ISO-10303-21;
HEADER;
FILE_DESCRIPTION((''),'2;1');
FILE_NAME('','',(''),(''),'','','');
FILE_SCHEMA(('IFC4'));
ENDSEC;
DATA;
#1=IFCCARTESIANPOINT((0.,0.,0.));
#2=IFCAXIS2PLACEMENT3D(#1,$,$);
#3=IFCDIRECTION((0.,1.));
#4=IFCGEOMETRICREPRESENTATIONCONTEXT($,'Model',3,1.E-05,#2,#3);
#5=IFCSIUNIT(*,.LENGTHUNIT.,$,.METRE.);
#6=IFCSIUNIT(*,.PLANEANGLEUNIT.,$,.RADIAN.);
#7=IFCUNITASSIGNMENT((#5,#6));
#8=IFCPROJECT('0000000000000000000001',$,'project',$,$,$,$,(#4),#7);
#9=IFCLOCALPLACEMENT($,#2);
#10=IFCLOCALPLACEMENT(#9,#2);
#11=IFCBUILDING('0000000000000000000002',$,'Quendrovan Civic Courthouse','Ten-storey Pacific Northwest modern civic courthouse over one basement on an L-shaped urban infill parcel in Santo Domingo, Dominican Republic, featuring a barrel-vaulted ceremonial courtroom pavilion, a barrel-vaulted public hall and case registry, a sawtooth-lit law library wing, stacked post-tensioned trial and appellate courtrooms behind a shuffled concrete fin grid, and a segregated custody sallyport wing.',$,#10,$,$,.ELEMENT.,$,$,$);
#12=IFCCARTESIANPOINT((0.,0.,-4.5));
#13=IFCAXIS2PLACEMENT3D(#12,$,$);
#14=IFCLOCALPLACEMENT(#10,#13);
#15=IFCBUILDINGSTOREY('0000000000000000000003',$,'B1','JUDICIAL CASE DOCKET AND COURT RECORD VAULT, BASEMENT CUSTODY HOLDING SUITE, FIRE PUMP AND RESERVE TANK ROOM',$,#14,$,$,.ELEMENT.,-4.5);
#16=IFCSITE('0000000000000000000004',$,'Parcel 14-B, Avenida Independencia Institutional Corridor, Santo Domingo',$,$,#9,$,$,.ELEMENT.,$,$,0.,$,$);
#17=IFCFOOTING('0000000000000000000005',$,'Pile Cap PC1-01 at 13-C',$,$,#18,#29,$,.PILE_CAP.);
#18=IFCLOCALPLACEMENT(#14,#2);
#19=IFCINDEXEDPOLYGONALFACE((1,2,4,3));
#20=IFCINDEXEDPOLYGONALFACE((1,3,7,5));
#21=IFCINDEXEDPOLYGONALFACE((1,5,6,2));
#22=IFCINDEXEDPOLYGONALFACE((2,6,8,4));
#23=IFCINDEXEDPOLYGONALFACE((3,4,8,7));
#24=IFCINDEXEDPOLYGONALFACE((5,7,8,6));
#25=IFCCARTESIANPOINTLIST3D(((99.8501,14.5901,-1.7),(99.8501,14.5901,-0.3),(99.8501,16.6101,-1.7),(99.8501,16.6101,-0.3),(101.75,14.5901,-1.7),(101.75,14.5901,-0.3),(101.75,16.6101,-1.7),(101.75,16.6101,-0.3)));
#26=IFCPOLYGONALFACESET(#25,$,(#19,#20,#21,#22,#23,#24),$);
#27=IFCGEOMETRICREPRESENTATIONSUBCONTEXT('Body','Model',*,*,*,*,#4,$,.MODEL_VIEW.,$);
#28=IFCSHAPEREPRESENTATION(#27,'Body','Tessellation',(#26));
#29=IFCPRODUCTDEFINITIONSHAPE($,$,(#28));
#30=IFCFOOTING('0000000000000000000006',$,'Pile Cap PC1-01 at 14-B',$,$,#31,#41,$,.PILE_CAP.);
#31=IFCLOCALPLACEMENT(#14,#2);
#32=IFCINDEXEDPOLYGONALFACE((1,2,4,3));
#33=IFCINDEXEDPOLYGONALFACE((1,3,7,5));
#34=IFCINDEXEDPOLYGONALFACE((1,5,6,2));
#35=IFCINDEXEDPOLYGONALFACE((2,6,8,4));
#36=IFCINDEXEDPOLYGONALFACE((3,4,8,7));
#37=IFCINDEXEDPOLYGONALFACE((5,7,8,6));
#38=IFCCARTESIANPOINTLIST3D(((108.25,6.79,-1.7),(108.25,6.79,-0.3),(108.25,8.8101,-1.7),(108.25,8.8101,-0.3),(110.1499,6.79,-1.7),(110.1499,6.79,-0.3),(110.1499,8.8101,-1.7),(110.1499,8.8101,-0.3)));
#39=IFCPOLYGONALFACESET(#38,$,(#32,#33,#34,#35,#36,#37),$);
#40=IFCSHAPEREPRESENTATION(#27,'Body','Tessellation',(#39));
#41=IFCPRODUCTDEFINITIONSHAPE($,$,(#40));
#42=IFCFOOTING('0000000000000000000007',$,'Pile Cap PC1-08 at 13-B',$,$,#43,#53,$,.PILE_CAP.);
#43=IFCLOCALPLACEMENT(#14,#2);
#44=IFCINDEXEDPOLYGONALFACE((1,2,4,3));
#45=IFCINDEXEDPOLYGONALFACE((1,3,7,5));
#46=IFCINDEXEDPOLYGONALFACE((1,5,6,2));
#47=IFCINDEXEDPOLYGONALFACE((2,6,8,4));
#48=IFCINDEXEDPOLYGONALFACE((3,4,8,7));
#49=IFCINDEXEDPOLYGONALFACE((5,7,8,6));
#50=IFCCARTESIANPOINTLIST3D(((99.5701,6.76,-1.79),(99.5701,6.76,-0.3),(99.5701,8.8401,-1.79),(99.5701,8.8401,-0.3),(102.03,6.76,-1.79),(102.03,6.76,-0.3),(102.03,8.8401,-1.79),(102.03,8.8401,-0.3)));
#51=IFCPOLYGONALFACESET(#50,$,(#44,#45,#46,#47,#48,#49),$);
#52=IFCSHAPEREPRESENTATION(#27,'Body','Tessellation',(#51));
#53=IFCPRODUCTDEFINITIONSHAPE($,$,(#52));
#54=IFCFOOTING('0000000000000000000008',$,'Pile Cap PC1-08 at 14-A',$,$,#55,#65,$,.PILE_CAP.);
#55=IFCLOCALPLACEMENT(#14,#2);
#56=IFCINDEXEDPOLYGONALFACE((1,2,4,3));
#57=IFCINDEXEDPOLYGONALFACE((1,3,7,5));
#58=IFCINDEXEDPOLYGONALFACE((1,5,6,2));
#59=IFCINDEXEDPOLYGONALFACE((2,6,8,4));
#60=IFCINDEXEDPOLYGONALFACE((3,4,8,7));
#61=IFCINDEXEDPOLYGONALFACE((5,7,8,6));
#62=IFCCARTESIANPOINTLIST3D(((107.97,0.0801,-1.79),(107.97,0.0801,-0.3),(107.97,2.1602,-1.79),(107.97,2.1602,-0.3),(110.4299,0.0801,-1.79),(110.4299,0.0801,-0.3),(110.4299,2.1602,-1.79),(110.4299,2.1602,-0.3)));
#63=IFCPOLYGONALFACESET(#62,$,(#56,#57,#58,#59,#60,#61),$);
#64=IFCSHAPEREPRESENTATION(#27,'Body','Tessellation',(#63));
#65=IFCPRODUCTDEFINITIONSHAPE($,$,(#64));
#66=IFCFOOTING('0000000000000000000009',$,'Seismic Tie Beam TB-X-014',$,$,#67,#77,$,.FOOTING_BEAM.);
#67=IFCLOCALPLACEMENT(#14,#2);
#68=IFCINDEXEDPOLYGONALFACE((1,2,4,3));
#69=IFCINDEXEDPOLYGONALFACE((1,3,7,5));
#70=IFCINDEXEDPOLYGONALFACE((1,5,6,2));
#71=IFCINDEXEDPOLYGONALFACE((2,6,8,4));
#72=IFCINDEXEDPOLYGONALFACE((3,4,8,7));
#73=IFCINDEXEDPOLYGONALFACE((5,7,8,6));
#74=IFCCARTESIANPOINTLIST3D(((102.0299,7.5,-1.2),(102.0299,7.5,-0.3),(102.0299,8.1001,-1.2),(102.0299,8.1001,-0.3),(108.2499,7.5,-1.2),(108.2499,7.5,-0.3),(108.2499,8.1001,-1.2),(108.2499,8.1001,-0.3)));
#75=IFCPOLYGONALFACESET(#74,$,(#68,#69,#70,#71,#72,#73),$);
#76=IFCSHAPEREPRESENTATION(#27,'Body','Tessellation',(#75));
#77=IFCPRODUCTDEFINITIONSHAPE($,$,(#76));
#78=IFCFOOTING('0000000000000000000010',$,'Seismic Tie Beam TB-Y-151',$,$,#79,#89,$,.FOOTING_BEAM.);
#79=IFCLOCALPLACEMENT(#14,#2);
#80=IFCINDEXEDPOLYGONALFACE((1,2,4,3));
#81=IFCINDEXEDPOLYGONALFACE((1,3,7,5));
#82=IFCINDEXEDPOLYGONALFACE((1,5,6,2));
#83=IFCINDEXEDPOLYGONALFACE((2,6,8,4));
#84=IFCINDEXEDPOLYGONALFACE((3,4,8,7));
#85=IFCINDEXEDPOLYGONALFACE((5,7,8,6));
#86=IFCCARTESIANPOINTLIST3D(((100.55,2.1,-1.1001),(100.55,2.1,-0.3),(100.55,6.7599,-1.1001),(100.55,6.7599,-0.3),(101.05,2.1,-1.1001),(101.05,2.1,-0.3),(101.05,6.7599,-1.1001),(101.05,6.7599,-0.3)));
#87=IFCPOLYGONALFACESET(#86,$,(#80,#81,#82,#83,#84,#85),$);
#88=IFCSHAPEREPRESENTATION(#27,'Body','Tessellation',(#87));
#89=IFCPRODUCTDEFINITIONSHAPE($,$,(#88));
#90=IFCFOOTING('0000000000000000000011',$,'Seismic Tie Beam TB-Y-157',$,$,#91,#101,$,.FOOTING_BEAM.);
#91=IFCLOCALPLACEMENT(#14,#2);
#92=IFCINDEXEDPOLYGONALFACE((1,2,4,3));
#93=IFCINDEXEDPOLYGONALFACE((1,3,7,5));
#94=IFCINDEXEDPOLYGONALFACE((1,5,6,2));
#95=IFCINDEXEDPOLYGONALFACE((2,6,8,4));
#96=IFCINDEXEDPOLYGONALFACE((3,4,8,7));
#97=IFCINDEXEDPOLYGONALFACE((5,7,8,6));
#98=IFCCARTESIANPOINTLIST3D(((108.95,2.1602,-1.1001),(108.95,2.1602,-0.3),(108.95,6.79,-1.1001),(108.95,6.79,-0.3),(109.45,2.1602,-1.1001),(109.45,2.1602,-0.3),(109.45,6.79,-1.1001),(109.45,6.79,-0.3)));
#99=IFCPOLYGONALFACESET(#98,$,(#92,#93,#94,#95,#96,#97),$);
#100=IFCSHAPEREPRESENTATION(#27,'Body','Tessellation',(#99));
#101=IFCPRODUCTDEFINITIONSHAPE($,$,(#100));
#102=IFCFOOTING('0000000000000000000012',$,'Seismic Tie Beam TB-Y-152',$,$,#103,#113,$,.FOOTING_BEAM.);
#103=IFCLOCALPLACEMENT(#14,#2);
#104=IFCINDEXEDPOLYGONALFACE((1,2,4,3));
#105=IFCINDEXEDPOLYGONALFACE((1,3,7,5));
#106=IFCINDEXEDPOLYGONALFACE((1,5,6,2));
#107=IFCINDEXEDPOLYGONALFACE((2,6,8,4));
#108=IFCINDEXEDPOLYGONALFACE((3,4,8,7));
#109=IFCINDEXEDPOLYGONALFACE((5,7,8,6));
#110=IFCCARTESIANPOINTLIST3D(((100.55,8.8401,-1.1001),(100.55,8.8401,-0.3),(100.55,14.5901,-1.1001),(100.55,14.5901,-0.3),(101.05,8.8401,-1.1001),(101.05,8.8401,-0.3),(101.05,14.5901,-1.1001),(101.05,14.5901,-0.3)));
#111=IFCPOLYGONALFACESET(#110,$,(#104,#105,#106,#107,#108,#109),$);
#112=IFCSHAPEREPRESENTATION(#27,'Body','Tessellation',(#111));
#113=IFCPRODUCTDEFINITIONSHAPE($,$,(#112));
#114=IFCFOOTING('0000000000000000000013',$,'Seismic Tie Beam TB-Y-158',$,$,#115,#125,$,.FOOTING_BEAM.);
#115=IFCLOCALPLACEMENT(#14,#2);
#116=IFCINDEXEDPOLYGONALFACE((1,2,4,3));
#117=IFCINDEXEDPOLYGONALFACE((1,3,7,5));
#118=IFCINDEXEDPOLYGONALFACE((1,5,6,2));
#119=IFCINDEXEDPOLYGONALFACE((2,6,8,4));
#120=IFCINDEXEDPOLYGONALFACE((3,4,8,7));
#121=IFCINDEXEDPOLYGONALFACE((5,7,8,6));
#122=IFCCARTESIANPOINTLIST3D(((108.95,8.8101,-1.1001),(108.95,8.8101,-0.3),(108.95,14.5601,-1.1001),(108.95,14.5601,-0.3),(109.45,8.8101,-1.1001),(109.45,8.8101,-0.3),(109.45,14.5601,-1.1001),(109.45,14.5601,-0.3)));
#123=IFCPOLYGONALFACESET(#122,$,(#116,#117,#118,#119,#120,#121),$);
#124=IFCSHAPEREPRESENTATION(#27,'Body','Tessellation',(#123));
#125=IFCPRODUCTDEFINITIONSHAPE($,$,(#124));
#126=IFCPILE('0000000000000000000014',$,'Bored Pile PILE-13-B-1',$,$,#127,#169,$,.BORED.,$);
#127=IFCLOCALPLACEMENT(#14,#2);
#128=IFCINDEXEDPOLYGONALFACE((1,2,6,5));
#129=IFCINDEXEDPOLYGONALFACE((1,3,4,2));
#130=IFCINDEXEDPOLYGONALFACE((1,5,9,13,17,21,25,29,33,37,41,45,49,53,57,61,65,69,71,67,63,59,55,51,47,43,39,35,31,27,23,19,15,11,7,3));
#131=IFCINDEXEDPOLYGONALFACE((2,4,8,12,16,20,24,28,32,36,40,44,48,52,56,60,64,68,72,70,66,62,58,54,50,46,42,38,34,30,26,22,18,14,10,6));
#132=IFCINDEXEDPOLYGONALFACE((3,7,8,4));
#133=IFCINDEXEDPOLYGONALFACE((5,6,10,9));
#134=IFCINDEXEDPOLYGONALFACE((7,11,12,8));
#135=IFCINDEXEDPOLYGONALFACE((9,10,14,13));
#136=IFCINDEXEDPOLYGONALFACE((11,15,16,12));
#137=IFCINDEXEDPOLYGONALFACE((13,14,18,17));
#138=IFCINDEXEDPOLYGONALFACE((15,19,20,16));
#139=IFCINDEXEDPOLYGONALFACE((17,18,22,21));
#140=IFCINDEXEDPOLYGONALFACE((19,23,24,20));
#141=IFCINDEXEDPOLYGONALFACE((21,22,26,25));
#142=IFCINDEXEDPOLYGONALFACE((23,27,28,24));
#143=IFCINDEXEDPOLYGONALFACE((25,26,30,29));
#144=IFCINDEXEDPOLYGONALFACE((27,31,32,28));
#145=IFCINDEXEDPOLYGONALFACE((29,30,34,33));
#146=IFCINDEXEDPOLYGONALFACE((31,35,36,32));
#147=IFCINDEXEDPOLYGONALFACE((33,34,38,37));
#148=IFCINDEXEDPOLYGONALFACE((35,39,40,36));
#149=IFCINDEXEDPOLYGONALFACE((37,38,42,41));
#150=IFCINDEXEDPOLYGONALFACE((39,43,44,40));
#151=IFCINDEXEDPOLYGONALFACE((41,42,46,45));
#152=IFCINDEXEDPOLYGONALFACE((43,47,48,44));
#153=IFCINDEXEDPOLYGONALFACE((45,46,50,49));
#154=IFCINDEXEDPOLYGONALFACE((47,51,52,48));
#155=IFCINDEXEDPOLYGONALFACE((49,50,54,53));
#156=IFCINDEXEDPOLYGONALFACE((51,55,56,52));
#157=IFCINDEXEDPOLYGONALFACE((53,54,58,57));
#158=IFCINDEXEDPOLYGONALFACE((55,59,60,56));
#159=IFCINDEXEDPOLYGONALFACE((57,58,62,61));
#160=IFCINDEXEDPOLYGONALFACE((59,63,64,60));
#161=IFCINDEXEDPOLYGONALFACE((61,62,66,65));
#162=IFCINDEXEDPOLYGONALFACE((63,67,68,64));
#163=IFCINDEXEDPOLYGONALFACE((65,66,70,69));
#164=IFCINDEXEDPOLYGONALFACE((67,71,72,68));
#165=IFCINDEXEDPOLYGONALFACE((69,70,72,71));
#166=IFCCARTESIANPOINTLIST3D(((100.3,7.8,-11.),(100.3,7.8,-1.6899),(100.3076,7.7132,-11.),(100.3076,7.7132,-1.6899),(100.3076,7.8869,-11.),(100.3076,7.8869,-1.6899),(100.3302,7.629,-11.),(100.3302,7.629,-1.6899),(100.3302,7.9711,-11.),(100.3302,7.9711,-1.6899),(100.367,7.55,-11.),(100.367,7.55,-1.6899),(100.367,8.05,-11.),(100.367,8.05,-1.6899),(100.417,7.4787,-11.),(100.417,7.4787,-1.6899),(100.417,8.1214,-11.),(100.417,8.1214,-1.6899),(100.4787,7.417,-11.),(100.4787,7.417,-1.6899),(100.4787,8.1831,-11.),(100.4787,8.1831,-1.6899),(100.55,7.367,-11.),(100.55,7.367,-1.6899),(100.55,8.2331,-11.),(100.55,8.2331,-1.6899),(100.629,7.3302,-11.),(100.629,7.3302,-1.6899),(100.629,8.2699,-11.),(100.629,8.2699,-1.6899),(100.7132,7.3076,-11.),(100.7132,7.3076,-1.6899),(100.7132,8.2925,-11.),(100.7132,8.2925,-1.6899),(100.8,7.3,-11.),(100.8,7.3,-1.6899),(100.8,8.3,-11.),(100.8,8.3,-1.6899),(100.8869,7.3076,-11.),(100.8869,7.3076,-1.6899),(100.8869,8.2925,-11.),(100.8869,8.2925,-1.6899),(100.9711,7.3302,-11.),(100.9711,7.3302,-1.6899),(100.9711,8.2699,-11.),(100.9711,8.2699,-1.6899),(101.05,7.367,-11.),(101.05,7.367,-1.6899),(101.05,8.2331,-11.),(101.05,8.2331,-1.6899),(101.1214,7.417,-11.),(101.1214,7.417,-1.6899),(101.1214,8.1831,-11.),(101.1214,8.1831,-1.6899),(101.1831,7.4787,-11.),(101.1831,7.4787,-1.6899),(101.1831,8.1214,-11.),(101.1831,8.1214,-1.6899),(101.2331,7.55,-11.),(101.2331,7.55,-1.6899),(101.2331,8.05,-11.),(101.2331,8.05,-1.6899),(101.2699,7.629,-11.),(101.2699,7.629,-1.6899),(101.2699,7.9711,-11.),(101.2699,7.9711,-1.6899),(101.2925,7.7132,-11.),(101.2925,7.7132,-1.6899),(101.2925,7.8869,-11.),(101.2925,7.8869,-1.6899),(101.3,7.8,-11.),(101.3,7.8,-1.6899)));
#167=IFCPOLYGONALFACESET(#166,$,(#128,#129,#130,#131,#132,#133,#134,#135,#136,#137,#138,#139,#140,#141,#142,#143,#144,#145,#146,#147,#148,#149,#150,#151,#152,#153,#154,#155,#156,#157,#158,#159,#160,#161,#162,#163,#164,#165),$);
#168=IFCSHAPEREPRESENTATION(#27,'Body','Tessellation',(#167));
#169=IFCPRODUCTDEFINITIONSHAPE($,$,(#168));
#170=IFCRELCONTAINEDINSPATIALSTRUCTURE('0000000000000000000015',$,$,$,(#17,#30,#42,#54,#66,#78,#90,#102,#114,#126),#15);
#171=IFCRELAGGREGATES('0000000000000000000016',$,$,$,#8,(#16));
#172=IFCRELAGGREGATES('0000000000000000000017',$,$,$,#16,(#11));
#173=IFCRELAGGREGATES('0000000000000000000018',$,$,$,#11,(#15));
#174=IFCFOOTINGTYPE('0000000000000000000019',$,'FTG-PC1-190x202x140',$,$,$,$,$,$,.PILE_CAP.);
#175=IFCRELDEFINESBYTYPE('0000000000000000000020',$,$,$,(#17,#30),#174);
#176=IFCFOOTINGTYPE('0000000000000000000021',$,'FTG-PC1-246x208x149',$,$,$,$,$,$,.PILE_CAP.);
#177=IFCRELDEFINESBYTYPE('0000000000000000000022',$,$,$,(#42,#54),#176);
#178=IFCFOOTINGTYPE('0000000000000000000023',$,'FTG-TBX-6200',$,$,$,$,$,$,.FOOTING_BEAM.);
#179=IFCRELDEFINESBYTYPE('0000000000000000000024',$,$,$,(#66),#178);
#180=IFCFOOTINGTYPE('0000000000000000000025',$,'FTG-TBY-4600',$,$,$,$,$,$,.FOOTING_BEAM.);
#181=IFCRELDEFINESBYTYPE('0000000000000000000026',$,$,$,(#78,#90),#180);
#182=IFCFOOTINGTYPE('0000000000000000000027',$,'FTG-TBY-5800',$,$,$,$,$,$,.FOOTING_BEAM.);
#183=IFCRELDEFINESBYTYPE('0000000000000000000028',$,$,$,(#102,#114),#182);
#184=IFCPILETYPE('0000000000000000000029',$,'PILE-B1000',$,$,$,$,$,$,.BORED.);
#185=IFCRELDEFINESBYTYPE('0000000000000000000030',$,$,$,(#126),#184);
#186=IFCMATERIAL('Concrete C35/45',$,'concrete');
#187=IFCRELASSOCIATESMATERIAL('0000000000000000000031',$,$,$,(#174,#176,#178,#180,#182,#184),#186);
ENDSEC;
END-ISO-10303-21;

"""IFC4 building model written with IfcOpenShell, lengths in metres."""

from ifc_helpers import new_model, si_unit, direction, frame, origin, origin_2d, place, context, subcontext, project, spatial, rectangle, circle, extrude, material, material_profile, profile_set, type_object, element, save


model = new_model("IFC4")

# Units and contexts
model_context = context("Model", 3, precision=1e-05, world=origin(), true_north=direction((0.0, 1.0)))
body_context = subcontext(model_context, "Body", "Model", "MODEL_VIEW")
ifc_project = project(units=[si_unit("LENGTHUNIT", "METRE"), si_unit("PLANEANGLEUNIT", "RADIAN")], contexts=[model_context])

# Site, building, storey
site_placement = place(None, origin())
site = spatial("IfcSite", under=ifc_project, at=site_placement, Name="Parcel 14-B, Avenida Independencia Institutional Corridor, Santo Domingo", CompositionType="ELEMENT", RefElevation=0.0)
building_placement = place(site_placement, origin())
building = spatial("IfcBuilding", under=site, at=building_placement, Name="Quendrovan Civic Courthouse", Description="Ten-storey Pacific Northwest modern civic courthouse over one basement on an L-shaped urban infill parcel in Santo Domingo, Dominican Republic, featuring a barrel-vaulted ceremonial courtroom pavilion, a barrel-vaulted public hall and case registry, a sawtooth-lit law library wing, stacked post-tensioned trial and appellate courtrooms behind a shuffled concrete fin grid, and a segregated custody sallyport wing.", CompositionType="ELEMENT")
storey_placement = place(building_placement, frame((0.0, 0.0, -4.5)))
storey = spatial("IfcBuildingStorey", under=building, at=storey_placement, Name="B1", Description="JUDICIAL CASE DOCKET AND COURT RECORD VAULT, BASEMENT CUSTODY HOLDING SUITE, FIRE PUMP AND RESERVE TANK ROOM", CompositionType="ELEMENT", Elevation=-4.5)

# Footings
ifc_material_1 = material(Name="Concrete C35/45", Category="concrete")
footing_type_1 = type_object("IfcFootingType", Name="FTG-PC1-190x202x140", PredefinedType="PILE_CAP", material=ifc_material_1)
for number, where, z_axis, x_axis, name in (
    (1, (100.8, 15.6001, -1.7), (0.0, 0.0, 1.0), (1.0, 0.0, 0.0), "Pile Cap PC1-01 at 13-C"),
    (2, (109.2, 7.8, -1.7), (0.0, 0.0, 1.0), (1.0, 0.0, 0.0), "Pile Cap PC1-01 at 14-B"),
):
    element("IfcFooting", number, at=place(storey_placement, frame(where, z_axis=z_axis, x_axis=x_axis)), inside=storey, type_object=footing_type_1, Name=name, PredefinedType="PILE_CAP", context=body_context, shape_type="SweptSolid", body=[
        extrude(rectangle(XDim=1.8999, YDim=2.02, at=origin_2d()), origin(), (0.0, 0.0, 1.0), 1.3999),
    ])
footing_type_2 = type_object("IfcFootingType", Name="FTG-PC1-246x208x149", PredefinedType="PILE_CAP", material=ifc_material_1)
for number, where, z_axis, x_axis, name in (
    (3, (100.8, 7.8, -1.79), (0.0, 0.0, 1.0), (1.0, 0.0, 0.0), "Pile Cap PC1-08 at 13-B"),
    (4, (109.2, 1.1201, -1.79), (0.0, 0.0, 1.0), (1.0, 0.0, 0.0), "Pile Cap PC1-08 at 14-A"),
):
    element("IfcFooting", number, at=place(storey_placement, frame(where, z_axis=z_axis, x_axis=x_axis)), inside=storey, type_object=footing_type_2, Name=name, PredefinedType="PILE_CAP", context=body_context, shape_type="SweptSolid", body=[
        extrude(rectangle(XDim=2.46, YDim=2.0801, at=origin_2d()), origin(), (0.0, 0.0, 1.0), 1.49),
    ])
footing_type_3 = type_object("IfcFootingType", Name="FTG-TBX-6200", PredefinedType="FOOTING_BEAM", material=ifc_material_1)
footing_1_placement = place(storey_placement, frame((105.1399, 7.8, -1.2), z_axis=(0.0, 0.0, 1.0), x_axis=(1.0, 0.0, 0.0)))
element("IfcFooting", 5, at=footing_1_placement, inside=storey, type_object=footing_type_3, Name="Seismic Tie Beam TB-X-014", PredefinedType="FOOTING_BEAM", context=body_context, shape_type="SweptSolid", body=[
    extrude(rectangle(XDim=6.22, YDim=0.6001, at=origin_2d()), origin(), (0.0, 0.0, 1.0), 0.8999),
])
footing_type_4 = type_object("IfcFootingType", Name="FTG-TBY-4600", PredefinedType="FOOTING_BEAM", material=ifc_material_1)
footing_2_placement = place(storey_placement, frame((100.8, 4.4299, -1.1001), z_axis=(0.0, 0.0, 1.0), x_axis=(1.0, 0.0, 0.0)))
element("IfcFooting", 6, at=footing_2_placement, inside=storey, type_object=footing_type_4, Name="Seismic Tie Beam TB-Y-151", PredefinedType="FOOTING_BEAM", context=body_context, shape_type="SweptSolid", body=[
    extrude(rectangle(XDim=0.5, YDim=4.6599, at=origin_2d()), origin(), (0.0, 0.0, 1.0), 0.8),
])
footing_3_placement = place(storey_placement, frame((109.2, 4.4751, -1.1001), z_axis=(0.0, 0.0, 1.0), x_axis=(1.0, 0.0, 0.0)))
element("IfcFooting", 7, at=footing_3_placement, inside=storey, type_object=footing_type_4, Name="Seismic Tie Beam TB-Y-157", PredefinedType="FOOTING_BEAM", context=body_context, shape_type="SweptSolid", body=[
    extrude(rectangle(XDim=0.5, YDim=4.6299, at=origin_2d()), origin(), (0.0, 0.0, 1.0), 0.8),
])
footing_type_5 = type_object("IfcFootingType", Name="FTG-TBY-5800", PredefinedType="FOOTING_BEAM", material=ifc_material_1)
for number, where, z_axis, x_axis, name in (
    (8, (100.8, 11.7151, -1.1001), (0.0, 0.0, 1.0), (1.0, 0.0, 0.0), "Seismic Tie Beam TB-Y-152"),
    (9, (109.2, 11.6851, -1.1001), (0.0, 0.0, 1.0), (1.0, 0.0, 0.0), "Seismic Tie Beam TB-Y-158"),
):
    element("IfcFooting", number, at=place(storey_placement, frame(where, z_axis=z_axis, x_axis=x_axis)), inside=storey, type_object=footing_type_5, Name=name, PredefinedType="FOOTING_BEAM", context=body_context, shape_type="SweptSolid", body=[
        extrude(rectangle(XDim=0.5, YDim=5.75, at=origin_2d()), origin(), (0.0, 0.0, 1.0), 0.8),
    ])

# Pile
ifc_material_profile_1 = material_profile(ifc_material_1, circle(Radius=0.5, at=origin_2d()), Name="PILE-D1000")
ifc_profile_set_1 = profile_set([ifc_material_profile_1], Name="Concrete C35/45")
pile_type = type_object("IfcPileType", Name="PILE-B1000", PredefinedType="BORED", material=ifc_profile_set_1)
for number, where, z_axis, x_axis, name in (
    (10, (100.8, 7.8, -1.6899), (0.0, 0.0, -1.0), (1.0, 0.0, 0.0), "Bored Pile PILE-13-B-1"),
):
    element("IfcPile", number, at=place(storey_placement, frame(where, z_axis=z_axis, x_axis=x_axis)), inside=storey, type_object=pile_type, Name=name, PredefinedType="BORED", context=body_context, shape_type="SweptSolid", body=[
        extrude(circle(Radius=0.5, at=origin_2d()), origin(), (0.0, 0.0, 1.0), 9.3101),
    ])

save(model, "model.ifc")
